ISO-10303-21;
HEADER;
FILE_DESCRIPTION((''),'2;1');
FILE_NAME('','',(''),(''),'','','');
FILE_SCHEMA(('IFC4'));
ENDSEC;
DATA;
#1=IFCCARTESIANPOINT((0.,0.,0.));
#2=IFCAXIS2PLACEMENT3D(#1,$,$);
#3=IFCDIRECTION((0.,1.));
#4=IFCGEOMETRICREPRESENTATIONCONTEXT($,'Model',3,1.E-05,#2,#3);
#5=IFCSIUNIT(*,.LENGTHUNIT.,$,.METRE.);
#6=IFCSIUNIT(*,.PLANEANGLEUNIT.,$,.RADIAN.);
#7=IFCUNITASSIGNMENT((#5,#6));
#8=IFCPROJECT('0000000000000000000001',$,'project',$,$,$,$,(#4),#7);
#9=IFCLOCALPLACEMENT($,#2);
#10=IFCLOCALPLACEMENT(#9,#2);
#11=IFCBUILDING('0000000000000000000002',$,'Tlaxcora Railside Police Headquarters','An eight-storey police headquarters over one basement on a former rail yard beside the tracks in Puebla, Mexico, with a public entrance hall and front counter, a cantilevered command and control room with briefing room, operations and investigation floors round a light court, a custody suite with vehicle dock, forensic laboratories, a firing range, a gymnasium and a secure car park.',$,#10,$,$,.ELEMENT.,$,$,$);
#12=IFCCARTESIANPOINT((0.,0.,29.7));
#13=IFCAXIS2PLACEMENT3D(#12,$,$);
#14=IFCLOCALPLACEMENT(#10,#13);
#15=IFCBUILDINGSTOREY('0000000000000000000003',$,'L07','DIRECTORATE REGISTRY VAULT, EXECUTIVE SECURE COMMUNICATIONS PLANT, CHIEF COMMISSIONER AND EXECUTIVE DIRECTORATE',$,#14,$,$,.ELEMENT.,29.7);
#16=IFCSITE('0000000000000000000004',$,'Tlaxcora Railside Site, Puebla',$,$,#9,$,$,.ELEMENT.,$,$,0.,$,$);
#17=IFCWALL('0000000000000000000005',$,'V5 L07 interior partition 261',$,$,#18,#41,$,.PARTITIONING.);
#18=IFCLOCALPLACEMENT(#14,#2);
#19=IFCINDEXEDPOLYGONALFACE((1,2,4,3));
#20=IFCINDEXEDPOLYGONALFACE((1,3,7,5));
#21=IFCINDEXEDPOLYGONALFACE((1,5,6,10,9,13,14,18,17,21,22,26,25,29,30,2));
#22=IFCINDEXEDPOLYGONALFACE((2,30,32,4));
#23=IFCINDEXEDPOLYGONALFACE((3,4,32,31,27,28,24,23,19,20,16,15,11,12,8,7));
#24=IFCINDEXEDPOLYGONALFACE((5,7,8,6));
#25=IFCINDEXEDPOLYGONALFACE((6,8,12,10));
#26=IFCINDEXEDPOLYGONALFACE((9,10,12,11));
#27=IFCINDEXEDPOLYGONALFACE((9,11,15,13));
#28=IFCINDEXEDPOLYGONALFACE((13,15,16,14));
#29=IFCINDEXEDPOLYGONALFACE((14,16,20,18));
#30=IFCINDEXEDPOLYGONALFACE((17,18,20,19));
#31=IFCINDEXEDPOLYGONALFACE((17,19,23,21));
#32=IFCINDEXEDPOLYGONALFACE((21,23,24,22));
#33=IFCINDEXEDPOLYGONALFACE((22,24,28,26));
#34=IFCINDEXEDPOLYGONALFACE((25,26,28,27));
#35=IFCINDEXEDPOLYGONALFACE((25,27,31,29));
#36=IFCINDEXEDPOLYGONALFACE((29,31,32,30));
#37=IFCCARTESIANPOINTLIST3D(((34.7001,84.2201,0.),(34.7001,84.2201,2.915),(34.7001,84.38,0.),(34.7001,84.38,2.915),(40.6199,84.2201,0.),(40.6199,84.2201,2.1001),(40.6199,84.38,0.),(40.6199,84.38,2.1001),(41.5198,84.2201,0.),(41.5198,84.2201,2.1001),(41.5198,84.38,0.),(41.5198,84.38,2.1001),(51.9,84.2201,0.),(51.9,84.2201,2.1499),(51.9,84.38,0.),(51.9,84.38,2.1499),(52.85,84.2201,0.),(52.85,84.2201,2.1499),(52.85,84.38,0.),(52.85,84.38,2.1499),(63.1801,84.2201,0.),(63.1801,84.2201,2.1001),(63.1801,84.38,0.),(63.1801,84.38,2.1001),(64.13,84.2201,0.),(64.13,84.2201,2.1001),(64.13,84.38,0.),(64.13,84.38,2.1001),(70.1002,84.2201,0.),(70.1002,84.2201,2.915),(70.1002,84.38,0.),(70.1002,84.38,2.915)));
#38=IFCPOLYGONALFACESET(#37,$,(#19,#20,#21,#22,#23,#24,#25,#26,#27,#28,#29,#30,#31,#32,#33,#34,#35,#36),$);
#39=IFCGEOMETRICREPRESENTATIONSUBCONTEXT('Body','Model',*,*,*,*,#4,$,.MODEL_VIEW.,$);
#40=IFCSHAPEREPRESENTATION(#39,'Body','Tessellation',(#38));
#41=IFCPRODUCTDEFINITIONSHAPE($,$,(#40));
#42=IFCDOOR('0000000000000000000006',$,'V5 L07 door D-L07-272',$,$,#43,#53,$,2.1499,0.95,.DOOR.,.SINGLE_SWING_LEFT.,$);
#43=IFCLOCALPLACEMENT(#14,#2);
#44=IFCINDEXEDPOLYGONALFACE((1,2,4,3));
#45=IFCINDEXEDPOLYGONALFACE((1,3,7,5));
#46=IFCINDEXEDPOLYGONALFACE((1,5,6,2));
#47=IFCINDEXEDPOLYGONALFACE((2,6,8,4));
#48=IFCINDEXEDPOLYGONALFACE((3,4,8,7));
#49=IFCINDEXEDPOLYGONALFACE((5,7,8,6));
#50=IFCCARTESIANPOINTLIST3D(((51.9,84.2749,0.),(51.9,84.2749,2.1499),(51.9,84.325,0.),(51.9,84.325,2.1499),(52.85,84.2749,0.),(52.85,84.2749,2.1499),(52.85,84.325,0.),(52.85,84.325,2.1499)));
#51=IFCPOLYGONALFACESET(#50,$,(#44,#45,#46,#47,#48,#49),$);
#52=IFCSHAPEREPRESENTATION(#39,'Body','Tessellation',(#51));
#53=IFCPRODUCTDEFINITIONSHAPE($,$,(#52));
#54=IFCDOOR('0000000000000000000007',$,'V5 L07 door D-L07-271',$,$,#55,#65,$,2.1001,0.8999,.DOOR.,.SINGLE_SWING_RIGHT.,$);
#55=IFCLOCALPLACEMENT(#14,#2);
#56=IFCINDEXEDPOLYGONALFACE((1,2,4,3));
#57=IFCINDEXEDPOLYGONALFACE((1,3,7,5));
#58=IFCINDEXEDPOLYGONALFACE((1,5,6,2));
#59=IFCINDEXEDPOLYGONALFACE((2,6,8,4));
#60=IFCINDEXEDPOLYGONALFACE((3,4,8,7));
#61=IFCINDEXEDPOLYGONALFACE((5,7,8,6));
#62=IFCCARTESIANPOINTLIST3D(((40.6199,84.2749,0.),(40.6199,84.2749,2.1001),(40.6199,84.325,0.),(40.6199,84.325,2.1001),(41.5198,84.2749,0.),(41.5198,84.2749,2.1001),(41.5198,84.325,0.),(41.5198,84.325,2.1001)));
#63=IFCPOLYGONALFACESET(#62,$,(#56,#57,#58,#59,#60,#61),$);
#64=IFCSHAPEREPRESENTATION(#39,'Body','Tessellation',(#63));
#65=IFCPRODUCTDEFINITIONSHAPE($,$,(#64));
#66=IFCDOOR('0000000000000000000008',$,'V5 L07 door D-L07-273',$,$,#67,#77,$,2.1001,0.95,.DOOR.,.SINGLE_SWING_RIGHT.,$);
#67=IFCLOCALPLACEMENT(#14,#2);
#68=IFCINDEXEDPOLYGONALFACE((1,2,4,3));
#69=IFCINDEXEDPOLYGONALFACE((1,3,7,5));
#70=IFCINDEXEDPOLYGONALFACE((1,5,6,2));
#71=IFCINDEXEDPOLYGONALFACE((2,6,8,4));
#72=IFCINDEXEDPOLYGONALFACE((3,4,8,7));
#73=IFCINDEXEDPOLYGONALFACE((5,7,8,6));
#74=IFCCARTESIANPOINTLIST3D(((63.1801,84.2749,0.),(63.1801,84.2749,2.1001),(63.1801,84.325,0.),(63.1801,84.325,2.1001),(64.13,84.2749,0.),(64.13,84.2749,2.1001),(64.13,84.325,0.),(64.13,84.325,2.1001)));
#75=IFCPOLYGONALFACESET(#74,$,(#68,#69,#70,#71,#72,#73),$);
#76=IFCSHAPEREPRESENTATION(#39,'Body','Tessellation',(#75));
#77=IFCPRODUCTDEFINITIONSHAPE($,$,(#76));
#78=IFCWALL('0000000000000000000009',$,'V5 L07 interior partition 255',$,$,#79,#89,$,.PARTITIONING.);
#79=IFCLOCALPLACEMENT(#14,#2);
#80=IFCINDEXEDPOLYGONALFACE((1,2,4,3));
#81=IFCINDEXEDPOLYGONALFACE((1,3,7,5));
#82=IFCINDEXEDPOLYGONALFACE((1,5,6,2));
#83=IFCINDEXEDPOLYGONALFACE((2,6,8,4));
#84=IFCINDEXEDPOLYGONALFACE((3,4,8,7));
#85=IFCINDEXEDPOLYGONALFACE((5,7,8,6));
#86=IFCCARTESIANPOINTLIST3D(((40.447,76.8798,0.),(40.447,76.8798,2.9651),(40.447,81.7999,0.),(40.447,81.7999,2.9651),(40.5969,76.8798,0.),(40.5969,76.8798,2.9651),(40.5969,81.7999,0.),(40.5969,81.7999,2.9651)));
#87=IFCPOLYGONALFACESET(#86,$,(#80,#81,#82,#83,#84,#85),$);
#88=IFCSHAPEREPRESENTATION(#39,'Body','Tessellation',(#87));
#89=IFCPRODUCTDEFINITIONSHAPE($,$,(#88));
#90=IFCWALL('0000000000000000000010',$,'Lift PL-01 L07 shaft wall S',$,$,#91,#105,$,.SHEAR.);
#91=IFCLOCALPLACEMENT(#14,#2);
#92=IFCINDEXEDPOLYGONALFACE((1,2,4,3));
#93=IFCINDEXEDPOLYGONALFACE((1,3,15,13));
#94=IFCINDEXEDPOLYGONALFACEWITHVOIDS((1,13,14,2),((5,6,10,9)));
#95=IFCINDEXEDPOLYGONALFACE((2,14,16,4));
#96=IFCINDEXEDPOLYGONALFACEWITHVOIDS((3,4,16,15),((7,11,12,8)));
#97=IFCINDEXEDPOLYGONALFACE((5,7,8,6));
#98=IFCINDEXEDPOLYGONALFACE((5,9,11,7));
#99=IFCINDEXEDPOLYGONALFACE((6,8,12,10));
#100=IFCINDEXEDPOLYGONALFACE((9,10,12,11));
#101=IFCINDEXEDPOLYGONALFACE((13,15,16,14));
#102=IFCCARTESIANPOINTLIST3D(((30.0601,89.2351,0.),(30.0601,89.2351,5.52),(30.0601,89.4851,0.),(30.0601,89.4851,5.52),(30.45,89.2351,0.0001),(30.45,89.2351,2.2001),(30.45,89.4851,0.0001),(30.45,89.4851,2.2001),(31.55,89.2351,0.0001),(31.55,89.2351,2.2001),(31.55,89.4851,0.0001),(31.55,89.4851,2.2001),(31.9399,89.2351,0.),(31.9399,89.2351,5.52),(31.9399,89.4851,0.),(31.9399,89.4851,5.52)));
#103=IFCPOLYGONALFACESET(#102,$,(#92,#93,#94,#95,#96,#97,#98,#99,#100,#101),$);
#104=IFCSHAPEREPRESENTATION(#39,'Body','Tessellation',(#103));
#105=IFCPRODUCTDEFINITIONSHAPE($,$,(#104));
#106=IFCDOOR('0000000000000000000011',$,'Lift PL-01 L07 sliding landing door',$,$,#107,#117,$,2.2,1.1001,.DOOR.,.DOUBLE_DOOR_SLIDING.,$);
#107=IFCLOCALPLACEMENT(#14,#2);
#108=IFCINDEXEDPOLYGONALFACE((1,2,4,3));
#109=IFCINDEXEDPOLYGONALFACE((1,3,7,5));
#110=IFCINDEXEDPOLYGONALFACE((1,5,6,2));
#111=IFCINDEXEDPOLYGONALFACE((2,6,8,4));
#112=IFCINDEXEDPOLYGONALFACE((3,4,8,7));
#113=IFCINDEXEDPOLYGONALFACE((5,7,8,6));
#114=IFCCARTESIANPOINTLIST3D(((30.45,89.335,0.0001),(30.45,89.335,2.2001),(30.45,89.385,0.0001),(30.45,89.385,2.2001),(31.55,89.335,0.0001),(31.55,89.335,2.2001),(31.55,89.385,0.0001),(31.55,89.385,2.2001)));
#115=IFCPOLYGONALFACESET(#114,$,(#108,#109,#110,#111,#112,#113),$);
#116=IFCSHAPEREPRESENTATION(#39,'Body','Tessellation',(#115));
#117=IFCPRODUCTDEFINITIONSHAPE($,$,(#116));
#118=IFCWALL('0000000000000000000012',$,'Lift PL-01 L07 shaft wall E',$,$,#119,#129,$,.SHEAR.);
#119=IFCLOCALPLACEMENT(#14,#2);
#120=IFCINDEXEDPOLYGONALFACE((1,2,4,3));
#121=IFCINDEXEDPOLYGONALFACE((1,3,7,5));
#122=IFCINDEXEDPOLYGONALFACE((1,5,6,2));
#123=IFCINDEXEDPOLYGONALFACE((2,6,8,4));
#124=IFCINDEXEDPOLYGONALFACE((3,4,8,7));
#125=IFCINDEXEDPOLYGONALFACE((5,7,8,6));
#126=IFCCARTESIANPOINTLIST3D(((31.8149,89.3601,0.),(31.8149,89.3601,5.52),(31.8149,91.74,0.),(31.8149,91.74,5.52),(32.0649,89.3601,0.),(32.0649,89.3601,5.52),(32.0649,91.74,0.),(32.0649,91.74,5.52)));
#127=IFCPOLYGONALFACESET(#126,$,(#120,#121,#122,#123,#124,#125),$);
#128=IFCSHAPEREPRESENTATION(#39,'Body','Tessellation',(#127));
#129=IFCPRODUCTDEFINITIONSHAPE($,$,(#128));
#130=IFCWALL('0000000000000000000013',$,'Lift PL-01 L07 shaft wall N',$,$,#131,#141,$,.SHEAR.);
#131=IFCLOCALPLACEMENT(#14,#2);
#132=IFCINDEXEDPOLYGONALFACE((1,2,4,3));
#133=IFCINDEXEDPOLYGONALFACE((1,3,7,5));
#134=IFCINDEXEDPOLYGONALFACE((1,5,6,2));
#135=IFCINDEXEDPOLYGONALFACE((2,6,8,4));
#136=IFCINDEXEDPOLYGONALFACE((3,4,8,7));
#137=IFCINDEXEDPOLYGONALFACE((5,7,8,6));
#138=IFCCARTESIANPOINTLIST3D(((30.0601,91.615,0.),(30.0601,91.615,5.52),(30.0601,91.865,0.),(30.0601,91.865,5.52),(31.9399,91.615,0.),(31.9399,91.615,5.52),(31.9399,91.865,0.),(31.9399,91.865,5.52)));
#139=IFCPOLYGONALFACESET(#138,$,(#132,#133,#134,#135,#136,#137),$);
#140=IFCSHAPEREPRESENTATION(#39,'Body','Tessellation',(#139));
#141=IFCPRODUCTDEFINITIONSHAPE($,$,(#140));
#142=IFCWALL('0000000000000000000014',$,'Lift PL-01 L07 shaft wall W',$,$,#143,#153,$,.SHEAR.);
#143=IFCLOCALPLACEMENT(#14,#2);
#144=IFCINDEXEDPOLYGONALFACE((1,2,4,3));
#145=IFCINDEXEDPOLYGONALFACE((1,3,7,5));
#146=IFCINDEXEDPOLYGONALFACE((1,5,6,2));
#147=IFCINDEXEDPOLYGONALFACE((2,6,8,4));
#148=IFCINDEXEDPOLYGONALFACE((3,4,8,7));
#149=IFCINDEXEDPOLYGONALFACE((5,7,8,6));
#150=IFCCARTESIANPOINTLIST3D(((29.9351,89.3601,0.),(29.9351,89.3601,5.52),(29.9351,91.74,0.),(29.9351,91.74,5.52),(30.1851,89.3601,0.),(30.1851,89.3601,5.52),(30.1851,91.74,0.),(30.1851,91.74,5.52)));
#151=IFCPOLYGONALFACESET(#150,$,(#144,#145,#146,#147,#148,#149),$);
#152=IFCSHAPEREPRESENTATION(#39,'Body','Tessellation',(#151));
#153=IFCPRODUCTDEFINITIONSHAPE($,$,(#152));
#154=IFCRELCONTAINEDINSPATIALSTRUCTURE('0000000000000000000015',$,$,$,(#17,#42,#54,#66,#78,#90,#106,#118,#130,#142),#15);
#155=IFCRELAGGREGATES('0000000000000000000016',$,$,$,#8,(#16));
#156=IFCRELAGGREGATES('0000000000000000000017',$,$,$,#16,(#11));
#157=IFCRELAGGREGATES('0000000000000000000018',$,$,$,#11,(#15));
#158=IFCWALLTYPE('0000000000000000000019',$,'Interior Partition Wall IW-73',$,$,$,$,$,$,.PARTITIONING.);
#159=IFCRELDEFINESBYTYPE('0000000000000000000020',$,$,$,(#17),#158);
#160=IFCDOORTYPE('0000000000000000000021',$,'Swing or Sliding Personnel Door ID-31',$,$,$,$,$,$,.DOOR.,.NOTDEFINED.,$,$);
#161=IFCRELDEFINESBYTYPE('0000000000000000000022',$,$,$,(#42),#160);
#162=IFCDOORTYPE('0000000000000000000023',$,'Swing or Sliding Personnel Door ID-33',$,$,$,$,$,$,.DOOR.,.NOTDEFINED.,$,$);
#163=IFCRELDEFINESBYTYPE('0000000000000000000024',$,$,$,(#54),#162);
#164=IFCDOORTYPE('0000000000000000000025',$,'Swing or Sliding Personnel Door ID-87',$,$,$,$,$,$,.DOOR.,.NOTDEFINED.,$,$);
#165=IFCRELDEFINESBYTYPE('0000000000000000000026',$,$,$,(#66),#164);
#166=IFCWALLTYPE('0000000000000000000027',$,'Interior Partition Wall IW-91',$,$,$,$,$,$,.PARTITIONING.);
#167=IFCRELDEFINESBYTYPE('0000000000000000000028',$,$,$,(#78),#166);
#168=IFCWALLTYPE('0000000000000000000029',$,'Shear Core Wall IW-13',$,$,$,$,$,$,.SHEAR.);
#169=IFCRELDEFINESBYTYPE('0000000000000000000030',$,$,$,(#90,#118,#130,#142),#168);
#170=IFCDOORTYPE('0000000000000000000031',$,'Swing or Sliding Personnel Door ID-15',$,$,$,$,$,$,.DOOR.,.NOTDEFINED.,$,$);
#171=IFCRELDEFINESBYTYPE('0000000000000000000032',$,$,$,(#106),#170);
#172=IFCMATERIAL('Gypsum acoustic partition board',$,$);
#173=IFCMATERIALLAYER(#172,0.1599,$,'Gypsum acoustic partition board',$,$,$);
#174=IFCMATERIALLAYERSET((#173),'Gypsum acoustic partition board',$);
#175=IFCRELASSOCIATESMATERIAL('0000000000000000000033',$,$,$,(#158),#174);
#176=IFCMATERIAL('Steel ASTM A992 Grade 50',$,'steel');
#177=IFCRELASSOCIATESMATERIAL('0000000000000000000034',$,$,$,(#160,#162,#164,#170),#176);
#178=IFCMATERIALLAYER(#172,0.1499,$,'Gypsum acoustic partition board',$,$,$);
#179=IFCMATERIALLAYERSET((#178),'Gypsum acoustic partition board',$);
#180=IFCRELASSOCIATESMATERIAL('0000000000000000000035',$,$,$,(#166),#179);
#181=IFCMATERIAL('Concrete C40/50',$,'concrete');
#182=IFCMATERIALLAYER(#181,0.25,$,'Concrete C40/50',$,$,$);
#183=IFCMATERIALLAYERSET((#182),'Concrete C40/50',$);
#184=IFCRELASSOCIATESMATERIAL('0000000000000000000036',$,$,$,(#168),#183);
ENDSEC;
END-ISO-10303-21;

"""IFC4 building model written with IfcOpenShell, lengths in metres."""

from ifc_helpers import new_model, si_unit, direction, frame, frame_2d, origin, place, context, subcontext, project, spatial, rectangle, extrude, material, layer, layer_set, type_object, element, fill, save


model = new_model("IFC4")

# Units and contexts
model_context = context("Model", 3, precision=1e-05, world=origin(), true_north=direction((0.0, 1.0)))
body_context = subcontext(model_context, "Body", "Model", "MODEL_VIEW")
ifc_project = project(units=[si_unit("LENGTHUNIT", "METRE"), si_unit("PLANEANGLEUNIT", "RADIAN")], contexts=[model_context])

# Site, building, storey
site_placement = place(None, origin())
site = spatial("IfcSite", under=ifc_project, at=site_placement, Name="Tlaxcora Railside Site, Puebla", CompositionType="ELEMENT", RefElevation=0.0)
building_placement = place(site_placement, origin())
building = spatial("IfcBuilding", under=site, at=building_placement, Name="Tlaxcora Railside Police Headquarters", Description="An eight-storey police headquarters over one basement on a former rail yard beside the tracks in Puebla, Mexico, with a public entrance hall and front counter, a cantilevered command and control room with briefing room, operations and investigation floors round a light court, a custody suite with vehicle dock, forensic laboratories, a firing range, a gymnasium and a secure car park.", CompositionType="ELEMENT")
storey_placement = place(building_placement, frame((0.0, 0.0, 29.7)))
storey = spatial("IfcBuildingStorey", under=building, at=storey_placement, Name="L07", Description="DIRECTORATE REGISTRY VAULT, EXECUTIVE SECURE COMMUNICATIONS PLANT, CHIEF COMMISSIONER AND EXECUTIVE DIRECTORATE", CompositionType="ELEMENT", Elevation=29.7)

# Shared definitions
ifc_material_1 = material(Name="Concrete C40/50", Category="concrete")

# Shared definitions
ifc_material_2 = material(Name="Steel ASTM A992 Grade 50", Category="steel")

# Wall, openings, doors
ifc_material_3 = material(Name="Gypsum acoustic partition board")
ifc_layer_1 = layer(ifc_material_3, 0.1599, Name="Gypsum acoustic partition board")
ifc_layer_set_1 = layer_set([ifc_layer_1], Name="Gypsum acoustic partition board")
wall_type_1 = type_object("IfcWallType", Name="Interior Partition Wall IW-73", PredefinedType="PARTITIONING", material=ifc_layer_set_1)
wall_1_placement = place(storey_placement, frame((34.7, 84.3, 0.0), z_axis=(0.0, 0.0, 1.0), x_axis=(1.0, 0.0, 0.0)))
wall_1 = element("IfcWall", 1, at=wall_1_placement, inside=storey, type_object=wall_type_1, Name="V5 L07 interior partition 261", PredefinedType="PARTITIONING", context=body_context, shape_type="SweptSolid", body=[
    extrude(rectangle(XDim=35.4001, YDim=0.1599, at=frame_2d((17.7002, 0.0))), origin(), (0.0, 0.0, 1.0), 2.915),
])
opening_1_placement = place(wall_1_placement, frame((5.9199, 0.0, 0.0)))
opening_1 = element("IfcOpeningElement", 2, at=opening_1_placement, cuts=wall_1, PredefinedType="OPENING", context=body_context, shape_type="SweptSolid", body=[
    extrude(rectangle(XDim=0.8999, YDim=2.1001, at=frame_2d((0.45, 1.05))), frame((0.0, 0.0898, 0.0), z_axis=(0.0, -1.0, 0.0), x_axis=(1.0, 0.0, 0.0)), (0.0, 0.0, 1.0), 0.1799),
])
opening_2_placement = place(wall_1_placement, frame((17.2, 0.0, 0.0)))
opening_2 = element("IfcOpeningElement", 3, at=opening_2_placement, cuts=wall_1, PredefinedType="OPENING", context=body_context, shape_type="SweptSolid", body=[
    extrude(rectangle(XDim=0.95, YDim=2.1499, at=frame_2d((0.4751, 1.075))), frame((0.0, 0.0898, 0.0), z_axis=(0.0, -1.0, 0.0), x_axis=(1.0, 0.0, 0.0)), (0.0, 0.0, 1.0), 0.1799),
])
opening_3_placement = place(wall_1_placement, frame((28.48, 0.0, 0.0)))
opening_3 = element("IfcOpeningElement", 4, at=opening_3_placement, cuts=wall_1, PredefinedType="OPENING", context=body_context, shape_type="SweptSolid", body=[
    extrude(rectangle(XDim=0.95, YDim=2.1001, at=frame_2d((0.4751, 1.05))), frame((0.0, 0.0898, 0.0), z_axis=(0.0, -1.0, 0.0), x_axis=(1.0, 0.0, 0.0)), (0.0, 0.0, 1.0), 0.1799),
])
door_type_1 = type_object("IfcDoorType", Name="Swing or Sliding Personnel Door ID-31", OperationType="NOTDEFINED", PredefinedType="DOOR", material=ifc_material_2)
door_1_placement = place(opening_2_placement, origin())
door_1 = element("IfcDoor", 5, at=door_1_placement, inside=storey, type_object=door_type_1, Name="V5 L07 door D-L07-272", OperationType="SINGLE_SWING_LEFT", OverallHeight=2.1499, OverallWidth=0.95, PredefinedType="DOOR", context=body_context, shape_type="SweptSolid", body=[
    extrude(rectangle(XDim=0.95, YDim=2.1499, at=frame_2d((0.4751, 1.075))), frame((0.0, 0.0249, 0.0), z_axis=(0.0, -1.0, 0.0), x_axis=(1.0, 0.0, 0.0)), (0.0, 0.0, 1.0), 0.05),
])
fill(opening_2, door_1)
door_type_2 = type_object("IfcDoorType", Name="Swing or Sliding Personnel Door ID-33", OperationType="NOTDEFINED", PredefinedType="DOOR", material=ifc_material_2)
door_2_placement = place(opening_1_placement, origin())
door_2 = element("IfcDoor", 6, at=door_2_placement, inside=storey, type_object=door_type_2, Name="V5 L07 door D-L07-271", OperationType="SINGLE_SWING_RIGHT", OverallHeight=2.1001, OverallWidth=0.8999, PredefinedType="DOOR", context=body_context, shape_type="SweptSolid", body=[
    extrude(rectangle(XDim=0.8999, YDim=2.1001, at=frame_2d((0.45, 1.05))), frame((0.0, 0.0249, 0.0), z_axis=(0.0, -1.0, 0.0), x_axis=(1.0, 0.0, 0.0)), (0.0, 0.0, 1.0), 0.05),
])
fill(opening_1, door_2)
door_type_3 = type_object("IfcDoorType", Name="Swing or Sliding Personnel Door ID-87", OperationType="NOTDEFINED", PredefinedType="DOOR", material=ifc_material_2)
door_3_placement = place(opening_3_placement, origin())
door_3 = element("IfcDoor", 7, at=door_3_placement, inside=storey, type_object=door_type_3, Name="V5 L07 door D-L07-273", OperationType="SINGLE_SWING_RIGHT", OverallHeight=2.1001, OverallWidth=0.95, PredefinedType="DOOR", context=body_context, shape_type="SweptSolid", body=[
    extrude(rectangle(XDim=0.95, YDim=2.1001, at=frame_2d((0.4751, 1.05))), frame((0.0, 0.0249, 0.0), z_axis=(0.0, -1.0, 0.0), x_axis=(1.0, 0.0, 0.0)), (0.0, 0.0, 1.0), 0.05),
])
fill(opening_3, door_3)

# Wall
ifc_layer_2 = layer(ifc_material_3, 0.1499, Name="Gypsum acoustic partition board")
ifc_layer_set_2 = layer_set([ifc_layer_2], Name="Gypsum acoustic partition board")
wall_type_2 = type_object("IfcWallType", Name="Interior Partition Wall IW-91", PredefinedType="PARTITIONING", material=ifc_layer_set_2)
wall_2_placement = place(storey_placement, frame((40.522, 76.8799, 0.0), z_axis=(0.0, 0.0, 1.0), x_axis=(0.0, 1.0, 0.0)))
element("IfcWall", 8, at=wall_2_placement, inside=storey, type_object=wall_type_2, Name="V5 L07 interior partition 255", PredefinedType="PARTITIONING", context=body_context, shape_type="SweptSolid", body=[
    extrude(rectangle(XDim=4.9202, YDim=0.1499, at=frame_2d((2.46, 0.0))), origin(), (0.0, 0.0, 1.0), 2.9651),
])

# Wall, opening, door
ifc_layer_3 = layer(ifc_material_1, 0.25, Name="Concrete C40/50")
ifc_layer_set_3 = layer_set([ifc_layer_3], Name="Concrete C40/50")
wall_type_3 = type_object("IfcWallType", Name="Shear Core Wall IW-13", PredefinedType="SHEAR", material=ifc_layer_set_3)
wall_3_placement = place(storey_placement, frame((30.0601, 89.3601, 0.0), z_axis=(0.0, 0.0, 1.0), x_axis=(1.0, 0.0, 0.0)))
wall_3 = element("IfcWall", 9, at=wall_3_placement, inside=storey, type_object=wall_type_3, Name="Lift PL-01 L07 shaft wall S", PredefinedType="SHEAR", context=body_context, shape_type="SweptSolid", body=[
    extrude(rectangle(XDim=1.8799, YDim=0.25, at=frame_2d((0.9399, 0.0))), origin(), (0.0, 0.0, 1.0), 5.52),
])
opening_4_placement = place(wall_3_placement, frame((0.3899, 0.0, 0.0)))
opening_4 = element("IfcOpeningElement", 10, at=opening_4_placement, cuts=wall_3, PredefinedType="OPENING", context=body_context, shape_type="SweptSolid", body=[
    extrude(rectangle(XDim=1.1001, YDim=2.2, at=frame_2d((0.55, 1.1001))), frame((0.0, 0.135, 0.0), z_axis=(0.0, -1.0, 0.0), x_axis=(1.0, 0.0, 0.0)), (0.0, 0.0, 1.0), 0.27),
])
door_type_4 = type_object("IfcDoorType", Name="Swing or Sliding Personnel Door ID-15", OperationType="NOTDEFINED", PredefinedType="DOOR", material=ifc_material_2)
door_4_placement = place(opening_4_placement, origin())
door_4 = element("IfcDoor", 11, at=door_4_placement, inside=storey, type_object=door_type_4, Name="Lift PL-01 L07 sliding landing door", OperationType="DOUBLE_DOOR_SLIDING", OverallHeight=2.2, OverallWidth=1.1001, PredefinedType="DOOR", context=body_context, shape_type="SweptSolid", body=[
    extrude(rectangle(XDim=1.1001, YDim=2.2, at=frame_2d((0.55, 1.1001))), frame((0.0, 0.0249, 0.0), z_axis=(0.0, -1.0, 0.0), x_axis=(1.0, 0.0, 0.0)), (0.0, 0.0, 1.0), 0.05),
])
fill(opening_4, door_4)

# Walls
wall_4_placement = place(storey_placement, frame((31.9399, 89.3601, 0.0), z_axis=(0.0, 0.0, 1.0), x_axis=(0.0, 1.0, 0.0)))
element("IfcWall", 12, at=wall_4_placement, inside=storey, type_object=wall_type_3, Name="Lift PL-01 L07 shaft wall E", PredefinedType="SHEAR", context=body_context, shape_type="SweptSolid", body=[
    extrude(rectangle(XDim=2.3799, YDim=0.25, at=frame_2d((1.1899, 0.0))), origin(), (0.0, 0.0, 1.0), 5.52),
])
wall_5_placement = place(storey_placement, frame((31.9399, 91.74, 0.0), z_axis=(0.0, 0.0, 1.0), x_axis=(-1.0, 0.0, 0.0)))
element("IfcWall", 13, at=wall_5_placement, inside=storey, type_object=wall_type_3, Name="Lift PL-01 L07 shaft wall N", PredefinedType="SHEAR", context=body_context, shape_type="SweptSolid", body=[
    extrude(rectangle(XDim=1.8799, YDim=0.25, at=frame_2d((0.9399, 0.0))), origin(), (0.0, 0.0, 1.0), 5.52),
])
wall_6_placement = place(storey_placement, frame((30.0601, 91.74, 0.0), z_axis=(0.0, 0.0, 1.0), x_axis=(0.0, -1.0, 0.0)))
element("IfcWall", 14, at=wall_6_placement, inside=storey, type_object=wall_type_3, Name="Lift PL-01 L07 shaft wall W", PredefinedType="SHEAR", context=body_context, shape_type="SweptSolid", body=[
    extrude(rectangle(XDim=2.3799, YDim=0.25, at=frame_2d((1.1899, 0.0))), origin(), (0.0, 0.0, 1.0), 5.52),
])

save(model, "model.ifc")
